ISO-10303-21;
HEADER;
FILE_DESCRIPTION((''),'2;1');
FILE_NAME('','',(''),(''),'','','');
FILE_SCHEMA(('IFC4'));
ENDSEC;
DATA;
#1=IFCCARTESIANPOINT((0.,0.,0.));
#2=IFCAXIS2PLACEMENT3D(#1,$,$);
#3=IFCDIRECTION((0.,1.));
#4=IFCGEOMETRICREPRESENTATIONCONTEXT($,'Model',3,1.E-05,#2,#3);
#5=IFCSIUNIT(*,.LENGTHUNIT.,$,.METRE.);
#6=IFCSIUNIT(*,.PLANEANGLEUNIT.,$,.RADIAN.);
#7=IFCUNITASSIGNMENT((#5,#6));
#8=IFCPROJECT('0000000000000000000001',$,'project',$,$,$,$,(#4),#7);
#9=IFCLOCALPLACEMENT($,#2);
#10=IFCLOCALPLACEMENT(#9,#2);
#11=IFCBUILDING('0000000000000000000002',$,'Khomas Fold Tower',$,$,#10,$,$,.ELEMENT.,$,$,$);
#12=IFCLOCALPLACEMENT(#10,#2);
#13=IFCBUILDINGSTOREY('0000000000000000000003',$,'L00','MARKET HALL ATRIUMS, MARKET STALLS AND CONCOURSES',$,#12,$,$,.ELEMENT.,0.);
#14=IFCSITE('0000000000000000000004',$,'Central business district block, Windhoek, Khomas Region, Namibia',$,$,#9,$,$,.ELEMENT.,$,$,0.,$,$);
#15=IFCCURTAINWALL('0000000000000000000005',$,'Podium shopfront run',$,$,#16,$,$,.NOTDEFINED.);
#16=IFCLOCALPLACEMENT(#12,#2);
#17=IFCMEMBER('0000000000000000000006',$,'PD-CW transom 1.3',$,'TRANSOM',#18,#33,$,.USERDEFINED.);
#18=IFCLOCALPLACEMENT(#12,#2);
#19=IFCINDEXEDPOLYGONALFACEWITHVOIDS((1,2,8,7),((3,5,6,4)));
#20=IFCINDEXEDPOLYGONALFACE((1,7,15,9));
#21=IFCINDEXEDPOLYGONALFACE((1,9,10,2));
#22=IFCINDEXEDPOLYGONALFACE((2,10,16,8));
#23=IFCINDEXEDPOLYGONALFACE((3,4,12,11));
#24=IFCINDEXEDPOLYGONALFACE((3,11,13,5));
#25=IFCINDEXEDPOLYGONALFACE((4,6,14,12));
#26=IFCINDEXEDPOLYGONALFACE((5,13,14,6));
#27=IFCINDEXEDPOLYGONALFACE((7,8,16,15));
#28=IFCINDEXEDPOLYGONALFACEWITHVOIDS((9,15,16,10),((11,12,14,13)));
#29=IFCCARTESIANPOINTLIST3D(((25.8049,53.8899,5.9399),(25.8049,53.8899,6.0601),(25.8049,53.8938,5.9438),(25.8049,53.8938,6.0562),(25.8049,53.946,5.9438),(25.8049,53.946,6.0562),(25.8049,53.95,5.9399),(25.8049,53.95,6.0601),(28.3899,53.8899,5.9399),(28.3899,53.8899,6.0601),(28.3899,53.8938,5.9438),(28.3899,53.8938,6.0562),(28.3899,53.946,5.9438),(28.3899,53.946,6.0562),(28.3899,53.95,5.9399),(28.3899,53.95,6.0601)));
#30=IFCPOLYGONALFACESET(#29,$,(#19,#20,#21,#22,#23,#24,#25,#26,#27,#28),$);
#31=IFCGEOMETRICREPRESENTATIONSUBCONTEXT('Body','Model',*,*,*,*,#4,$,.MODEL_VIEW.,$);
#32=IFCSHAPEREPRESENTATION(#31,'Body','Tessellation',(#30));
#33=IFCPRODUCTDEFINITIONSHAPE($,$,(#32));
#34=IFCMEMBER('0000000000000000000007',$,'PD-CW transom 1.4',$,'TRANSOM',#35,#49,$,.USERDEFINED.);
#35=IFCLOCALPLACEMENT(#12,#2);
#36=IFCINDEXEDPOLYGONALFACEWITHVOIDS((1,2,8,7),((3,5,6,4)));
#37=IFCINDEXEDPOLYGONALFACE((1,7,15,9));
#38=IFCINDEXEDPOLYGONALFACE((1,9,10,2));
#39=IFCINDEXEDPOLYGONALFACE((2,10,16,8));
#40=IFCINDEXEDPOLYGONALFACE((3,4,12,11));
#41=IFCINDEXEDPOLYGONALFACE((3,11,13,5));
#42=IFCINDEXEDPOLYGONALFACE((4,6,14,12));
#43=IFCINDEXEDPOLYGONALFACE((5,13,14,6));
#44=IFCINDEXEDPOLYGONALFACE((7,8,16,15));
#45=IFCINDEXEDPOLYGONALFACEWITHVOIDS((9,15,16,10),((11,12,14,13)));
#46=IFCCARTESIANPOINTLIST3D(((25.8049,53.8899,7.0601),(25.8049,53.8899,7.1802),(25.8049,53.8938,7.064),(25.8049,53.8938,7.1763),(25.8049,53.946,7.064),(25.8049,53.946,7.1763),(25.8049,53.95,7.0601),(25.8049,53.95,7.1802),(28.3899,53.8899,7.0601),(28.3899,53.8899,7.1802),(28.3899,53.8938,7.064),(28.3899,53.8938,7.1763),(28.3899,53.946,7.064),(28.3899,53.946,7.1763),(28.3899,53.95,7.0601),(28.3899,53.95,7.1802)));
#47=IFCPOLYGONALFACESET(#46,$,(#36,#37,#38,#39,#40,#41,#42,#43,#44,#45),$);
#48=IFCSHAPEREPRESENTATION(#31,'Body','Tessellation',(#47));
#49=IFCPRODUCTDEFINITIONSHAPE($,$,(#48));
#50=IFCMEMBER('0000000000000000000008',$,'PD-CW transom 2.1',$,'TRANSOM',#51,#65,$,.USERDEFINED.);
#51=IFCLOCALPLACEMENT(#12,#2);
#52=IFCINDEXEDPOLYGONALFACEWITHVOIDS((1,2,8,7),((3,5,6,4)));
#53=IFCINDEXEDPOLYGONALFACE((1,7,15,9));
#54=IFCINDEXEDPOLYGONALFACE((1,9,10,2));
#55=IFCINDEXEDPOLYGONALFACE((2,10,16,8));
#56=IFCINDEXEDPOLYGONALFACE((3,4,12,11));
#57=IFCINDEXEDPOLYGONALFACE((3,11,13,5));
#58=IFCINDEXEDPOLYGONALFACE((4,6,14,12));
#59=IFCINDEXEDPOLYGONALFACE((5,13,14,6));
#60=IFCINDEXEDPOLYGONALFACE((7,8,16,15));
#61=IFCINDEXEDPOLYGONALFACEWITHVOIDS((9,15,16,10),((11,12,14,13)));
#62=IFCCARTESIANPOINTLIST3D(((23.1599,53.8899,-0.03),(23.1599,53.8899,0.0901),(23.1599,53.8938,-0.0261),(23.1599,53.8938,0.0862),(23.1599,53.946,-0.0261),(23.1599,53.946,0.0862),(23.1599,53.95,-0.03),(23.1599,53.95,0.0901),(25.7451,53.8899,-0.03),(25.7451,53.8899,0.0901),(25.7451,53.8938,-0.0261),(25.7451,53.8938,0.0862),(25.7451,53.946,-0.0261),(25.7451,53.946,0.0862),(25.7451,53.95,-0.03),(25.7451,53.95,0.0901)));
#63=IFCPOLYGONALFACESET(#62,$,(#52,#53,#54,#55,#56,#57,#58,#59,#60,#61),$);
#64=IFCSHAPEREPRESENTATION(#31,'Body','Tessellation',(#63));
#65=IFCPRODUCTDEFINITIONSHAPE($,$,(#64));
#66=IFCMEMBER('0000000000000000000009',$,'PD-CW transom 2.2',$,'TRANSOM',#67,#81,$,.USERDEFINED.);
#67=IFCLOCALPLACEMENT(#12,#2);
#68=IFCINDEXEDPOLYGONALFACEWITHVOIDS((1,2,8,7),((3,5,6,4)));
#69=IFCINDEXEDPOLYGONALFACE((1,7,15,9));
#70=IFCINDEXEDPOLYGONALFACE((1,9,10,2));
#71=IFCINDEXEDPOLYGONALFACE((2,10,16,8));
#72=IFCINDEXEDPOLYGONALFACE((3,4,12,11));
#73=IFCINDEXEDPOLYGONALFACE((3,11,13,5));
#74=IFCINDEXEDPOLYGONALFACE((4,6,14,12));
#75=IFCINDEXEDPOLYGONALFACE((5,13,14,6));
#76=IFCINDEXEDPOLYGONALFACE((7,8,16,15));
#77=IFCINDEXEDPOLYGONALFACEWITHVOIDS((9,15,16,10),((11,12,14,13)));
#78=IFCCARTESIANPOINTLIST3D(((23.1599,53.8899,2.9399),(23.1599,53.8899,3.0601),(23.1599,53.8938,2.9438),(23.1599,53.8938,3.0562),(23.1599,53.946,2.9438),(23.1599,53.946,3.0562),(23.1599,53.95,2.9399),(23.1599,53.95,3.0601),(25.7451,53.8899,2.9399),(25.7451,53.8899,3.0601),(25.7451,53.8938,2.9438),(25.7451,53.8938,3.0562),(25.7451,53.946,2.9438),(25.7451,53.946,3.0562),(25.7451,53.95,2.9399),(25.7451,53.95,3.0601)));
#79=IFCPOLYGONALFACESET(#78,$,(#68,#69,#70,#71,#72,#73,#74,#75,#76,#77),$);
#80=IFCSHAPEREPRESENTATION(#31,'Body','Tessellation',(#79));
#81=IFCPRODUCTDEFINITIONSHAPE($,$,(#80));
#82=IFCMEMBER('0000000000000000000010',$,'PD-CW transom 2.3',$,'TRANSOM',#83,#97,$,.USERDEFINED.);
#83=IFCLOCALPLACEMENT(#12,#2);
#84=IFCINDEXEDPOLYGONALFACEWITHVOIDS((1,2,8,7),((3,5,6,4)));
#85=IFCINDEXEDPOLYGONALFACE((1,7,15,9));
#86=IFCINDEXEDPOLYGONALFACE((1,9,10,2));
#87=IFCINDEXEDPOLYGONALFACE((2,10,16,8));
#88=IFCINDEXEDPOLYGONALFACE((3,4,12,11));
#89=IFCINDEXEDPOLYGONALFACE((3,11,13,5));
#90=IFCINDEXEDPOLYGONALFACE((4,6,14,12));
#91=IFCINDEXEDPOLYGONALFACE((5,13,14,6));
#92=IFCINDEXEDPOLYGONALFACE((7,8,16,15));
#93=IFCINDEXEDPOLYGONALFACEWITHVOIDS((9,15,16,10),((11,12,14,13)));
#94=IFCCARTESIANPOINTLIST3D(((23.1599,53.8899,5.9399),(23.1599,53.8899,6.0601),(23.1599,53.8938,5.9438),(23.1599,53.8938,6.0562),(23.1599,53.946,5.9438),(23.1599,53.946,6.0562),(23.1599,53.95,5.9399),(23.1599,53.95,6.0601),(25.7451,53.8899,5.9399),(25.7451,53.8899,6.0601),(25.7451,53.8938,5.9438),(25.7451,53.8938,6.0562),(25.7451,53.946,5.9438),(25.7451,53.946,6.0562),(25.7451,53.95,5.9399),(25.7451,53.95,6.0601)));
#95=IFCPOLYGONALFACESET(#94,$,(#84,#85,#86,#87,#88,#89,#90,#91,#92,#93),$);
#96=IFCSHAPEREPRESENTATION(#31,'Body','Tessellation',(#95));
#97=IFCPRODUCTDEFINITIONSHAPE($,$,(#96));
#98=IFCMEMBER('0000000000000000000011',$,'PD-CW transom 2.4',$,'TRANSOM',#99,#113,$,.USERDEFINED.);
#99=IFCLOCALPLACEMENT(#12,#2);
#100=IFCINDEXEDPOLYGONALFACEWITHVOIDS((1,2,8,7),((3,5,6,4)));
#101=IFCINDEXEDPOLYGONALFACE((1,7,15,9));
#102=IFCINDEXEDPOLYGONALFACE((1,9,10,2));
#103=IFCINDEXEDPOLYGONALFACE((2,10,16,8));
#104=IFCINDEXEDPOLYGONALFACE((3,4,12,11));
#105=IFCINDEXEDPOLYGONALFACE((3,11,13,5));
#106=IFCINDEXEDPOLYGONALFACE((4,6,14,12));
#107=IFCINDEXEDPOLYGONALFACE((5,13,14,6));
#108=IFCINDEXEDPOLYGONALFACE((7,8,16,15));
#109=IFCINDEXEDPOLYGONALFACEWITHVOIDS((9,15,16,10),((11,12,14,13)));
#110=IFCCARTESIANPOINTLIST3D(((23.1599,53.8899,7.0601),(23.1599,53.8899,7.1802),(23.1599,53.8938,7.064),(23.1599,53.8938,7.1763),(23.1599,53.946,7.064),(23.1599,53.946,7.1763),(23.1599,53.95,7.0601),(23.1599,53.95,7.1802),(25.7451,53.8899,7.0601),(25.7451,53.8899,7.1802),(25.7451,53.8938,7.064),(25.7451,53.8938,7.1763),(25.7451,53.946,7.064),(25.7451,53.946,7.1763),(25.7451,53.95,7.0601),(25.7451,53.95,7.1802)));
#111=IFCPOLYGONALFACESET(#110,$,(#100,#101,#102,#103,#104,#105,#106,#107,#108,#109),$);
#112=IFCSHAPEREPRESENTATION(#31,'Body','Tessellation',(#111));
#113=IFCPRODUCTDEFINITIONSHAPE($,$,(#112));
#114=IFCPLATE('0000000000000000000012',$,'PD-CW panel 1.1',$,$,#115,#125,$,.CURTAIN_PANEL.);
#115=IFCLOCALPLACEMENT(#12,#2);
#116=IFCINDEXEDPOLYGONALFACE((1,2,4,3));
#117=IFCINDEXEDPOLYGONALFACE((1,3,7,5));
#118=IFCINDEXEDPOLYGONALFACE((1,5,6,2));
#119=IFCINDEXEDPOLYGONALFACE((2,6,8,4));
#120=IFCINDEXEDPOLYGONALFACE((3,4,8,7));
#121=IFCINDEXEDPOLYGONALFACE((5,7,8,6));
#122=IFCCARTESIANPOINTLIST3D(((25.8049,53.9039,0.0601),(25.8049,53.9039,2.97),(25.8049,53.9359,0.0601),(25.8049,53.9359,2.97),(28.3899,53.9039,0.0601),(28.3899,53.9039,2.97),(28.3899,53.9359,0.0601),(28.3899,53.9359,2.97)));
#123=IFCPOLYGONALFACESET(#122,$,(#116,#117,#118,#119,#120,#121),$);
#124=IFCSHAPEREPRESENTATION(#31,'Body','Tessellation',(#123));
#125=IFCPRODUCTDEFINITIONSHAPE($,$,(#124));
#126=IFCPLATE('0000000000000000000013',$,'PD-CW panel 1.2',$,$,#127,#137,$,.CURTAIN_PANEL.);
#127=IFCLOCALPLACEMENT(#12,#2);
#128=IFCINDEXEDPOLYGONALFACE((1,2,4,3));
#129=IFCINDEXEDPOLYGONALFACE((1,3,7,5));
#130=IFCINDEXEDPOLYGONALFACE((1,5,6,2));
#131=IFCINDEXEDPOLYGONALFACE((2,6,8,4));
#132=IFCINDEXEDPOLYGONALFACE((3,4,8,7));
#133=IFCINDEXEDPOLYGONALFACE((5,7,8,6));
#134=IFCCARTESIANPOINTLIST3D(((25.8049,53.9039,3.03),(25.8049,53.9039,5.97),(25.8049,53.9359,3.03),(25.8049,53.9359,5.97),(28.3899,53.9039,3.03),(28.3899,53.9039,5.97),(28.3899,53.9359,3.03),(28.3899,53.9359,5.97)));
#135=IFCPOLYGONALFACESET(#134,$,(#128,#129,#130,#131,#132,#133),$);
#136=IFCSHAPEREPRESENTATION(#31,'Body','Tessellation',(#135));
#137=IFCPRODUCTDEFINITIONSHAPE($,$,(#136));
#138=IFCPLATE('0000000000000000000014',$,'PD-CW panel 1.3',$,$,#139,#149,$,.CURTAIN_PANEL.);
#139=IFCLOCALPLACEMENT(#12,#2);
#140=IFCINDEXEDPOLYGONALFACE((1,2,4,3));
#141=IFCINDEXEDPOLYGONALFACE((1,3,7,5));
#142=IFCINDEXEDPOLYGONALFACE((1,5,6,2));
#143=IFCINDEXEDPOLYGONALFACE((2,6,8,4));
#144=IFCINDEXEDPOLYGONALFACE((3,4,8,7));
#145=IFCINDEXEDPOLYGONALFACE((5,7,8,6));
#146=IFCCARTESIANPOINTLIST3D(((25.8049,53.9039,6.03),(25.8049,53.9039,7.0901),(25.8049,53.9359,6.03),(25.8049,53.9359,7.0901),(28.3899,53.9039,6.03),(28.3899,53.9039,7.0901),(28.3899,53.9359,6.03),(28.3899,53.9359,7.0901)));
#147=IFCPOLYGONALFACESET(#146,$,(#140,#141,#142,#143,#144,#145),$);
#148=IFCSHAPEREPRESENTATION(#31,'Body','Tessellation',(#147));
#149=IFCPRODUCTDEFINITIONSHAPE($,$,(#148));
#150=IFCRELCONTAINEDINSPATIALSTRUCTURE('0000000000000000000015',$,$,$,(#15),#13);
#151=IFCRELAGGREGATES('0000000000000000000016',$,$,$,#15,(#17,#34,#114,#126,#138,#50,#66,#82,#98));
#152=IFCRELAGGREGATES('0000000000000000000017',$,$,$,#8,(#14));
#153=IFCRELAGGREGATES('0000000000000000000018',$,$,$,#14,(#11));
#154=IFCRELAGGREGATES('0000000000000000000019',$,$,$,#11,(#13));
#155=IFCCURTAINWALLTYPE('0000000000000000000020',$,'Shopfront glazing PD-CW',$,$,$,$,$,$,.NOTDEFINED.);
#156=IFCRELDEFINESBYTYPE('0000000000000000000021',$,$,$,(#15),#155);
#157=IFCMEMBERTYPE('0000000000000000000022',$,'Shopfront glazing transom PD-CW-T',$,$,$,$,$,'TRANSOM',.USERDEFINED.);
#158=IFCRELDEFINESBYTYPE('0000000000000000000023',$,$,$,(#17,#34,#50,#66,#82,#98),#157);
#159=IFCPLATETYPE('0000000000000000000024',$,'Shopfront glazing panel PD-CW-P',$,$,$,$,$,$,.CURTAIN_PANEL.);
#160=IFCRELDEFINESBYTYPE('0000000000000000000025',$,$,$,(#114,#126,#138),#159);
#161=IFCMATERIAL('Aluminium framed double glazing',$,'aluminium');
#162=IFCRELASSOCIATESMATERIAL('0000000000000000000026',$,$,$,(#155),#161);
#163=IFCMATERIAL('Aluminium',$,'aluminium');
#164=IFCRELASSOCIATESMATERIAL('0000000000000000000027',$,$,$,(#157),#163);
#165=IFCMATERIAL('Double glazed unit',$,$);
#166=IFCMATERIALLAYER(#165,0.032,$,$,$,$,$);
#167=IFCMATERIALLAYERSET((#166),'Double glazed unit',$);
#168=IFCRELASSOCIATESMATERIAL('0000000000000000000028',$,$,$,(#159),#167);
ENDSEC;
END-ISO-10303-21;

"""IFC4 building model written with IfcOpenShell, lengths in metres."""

from ifc_helpers import new_model, si_unit, direction, frame, origin, origin_2d, place, context, subcontext, project, spatial, rectangle, hollow_rectangle, extrude, source, transform, mapped, material, layer, layer_set, material_profile, profile_set, type_object, element, aggregate, save


model = new_model("IFC4")

# Units and contexts
model_context = context("Model", 3, precision=1e-05, world=origin(), true_north=direction((0.0, 1.0)))
body_context = subcontext(model_context, "Body", "Model", "MODEL_VIEW")
ifc_project = project(units=[si_unit("LENGTHUNIT", "METRE"), si_unit("PLANEANGLEUNIT", "RADIAN")], contexts=[model_context])

# Site, building, storey
site_placement = place(None, origin())
site = spatial("IfcSite", under=ifc_project, at=site_placement, Name="Central business district block, Windhoek, Khomas Region, Namibia", CompositionType="ELEMENT", RefElevation=0.0)
building_placement = place(site_placement, origin())
building = spatial("IfcBuilding", under=site, at=building_placement, Name="Khomas Fold Tower", CompositionType="ELEMENT")
storey_placement = place(building_placement, origin())
storey = spatial("IfcBuildingStorey", under=building, at=storey_placement, Name="L00", Description="MARKET HALL ATRIUMS, MARKET STALLS AND CONCOURSES", CompositionType="ELEMENT", Elevation=0.0)

# Shared definitions
ifc_material_1 = material(Name="Aluminium framed double glazing", Category="aluminium")
curtain_wall_type = type_object("IfcCurtainWallType", Name="Shopfront glazing PD-CW", PredefinedType="NOTDEFINED", material=ifc_material_1)

# Curtain wall, members, plates
curtain_wall_1_placement = place(storey_placement, origin())
curtain_wall_1 = element("IfcCurtainWall", 1, at=curtain_wall_1_placement, inside=storey, type_object=curtain_wall_type, Name="Podium shopfront run", PredefinedType="NOTDEFINED")
ifc_material_2 = material(Name="Aluminium", Category="aluminium")
ifc_material_profile_1 = material_profile(ifc_material_2, hollow_rectangle(XDim=0.0601, YDim=0.1201, WallThickness=0.0039, at=origin_2d()), Name="Shopfront glazing transom PD-CW-T")
ifc_profile_set_1 = profile_set([ifc_material_profile_1], Name="Aluminium")
member_type_1 = type_object("IfcMemberType", Name="Shopfront glazing transom PD-CW-T", ElementType="TRANSOM", PredefinedType="USERDEFINED", material=ifc_profile_set_1)
shared_shape_1 = source(origin(), body_context, "Body", "SweptSolid", [
    extrude(hollow_rectangle(XDim=0.0601, YDim=0.1201, WallThickness=0.0039, at=origin_2d()), origin(), (0.0, 0.0, 1.0), 2.585),
])
member_1_placement = place(storey_placement, frame((28.3899, 53.9199, 6.0), z_axis=(-1.0, 0.0, 0.0), x_axis=(0.0, -1.0, 0.0)))
member_1 = element("IfcMember", 2, at=member_1_placement, type_object=member_type_1, Name="PD-CW transom 1.3", ObjectType="TRANSOM", PredefinedType="USERDEFINED", context=body_context, shape_type="MappedRepresentation", body=[
    mapped(shared_shape_1, transform((0.0, 0.0, 0.0))),
])
member_2_placement = place(storey_placement, frame((28.3899, 53.9199, 7.1201), z_axis=(-1.0, 0.0, 0.0), x_axis=(0.0, -1.0, 0.0)))
member_2 = element("IfcMember", 3, at=member_2_placement, type_object=member_type_1, Name="PD-CW transom 1.4", ObjectType="TRANSOM", PredefinedType="USERDEFINED", context=body_context, shape_type="MappedRepresentation", body=[
    mapped(shared_shape_1, transform((0.0, 0.0, 0.0))),
])
shared_shape_2 = source(origin(), body_context, "Body", "SweptSolid", [
    extrude(hollow_rectangle(XDim=0.0601, YDim=0.1201, WallThickness=0.0039, at=origin_2d()), origin(), (0.0, 0.0, 1.0), 2.5852),
])
member_3_placement = place(storey_placement, frame((25.7451, 53.9199, 0.03), z_axis=(-1.0, 0.0, 0.0), x_axis=(0.0, -1.0, 0.0)))
member_3 = element("IfcMember", 4, at=member_3_placement, type_object=member_type_1, Name="PD-CW transom 2.1", ObjectType="TRANSOM", PredefinedType="USERDEFINED", context=body_context, shape_type="MappedRepresentation", body=[
    mapped(shared_shape_2, transform((0.0, 0.0, 0.0))),
])
member_4_placement = place(storey_placement, frame((25.7451, 53.9199, 3.0), z_axis=(-1.0, 0.0, 0.0), x_axis=(0.0, -1.0, 0.0)))
member_4 = element("IfcMember", 5, at=member_4_placement, type_object=member_type_1, Name="PD-CW transom 2.2", ObjectType="TRANSOM", PredefinedType="USERDEFINED", context=body_context, shape_type="MappedRepresentation", body=[
    mapped(shared_shape_2, transform((0.0, 0.0, 0.0))),
])
member_5_placement = place(storey_placement, frame((25.7451, 53.9199, 6.0), z_axis=(-1.0, 0.0, 0.0), x_axis=(0.0, -1.0, 0.0)))
member_5 = element("IfcMember", 6, at=member_5_placement, type_object=member_type_1, Name="PD-CW transom 2.3", ObjectType="TRANSOM", PredefinedType="USERDEFINED", context=body_context, shape_type="MappedRepresentation", body=[
    mapped(shared_shape_2, transform((0.0, 0.0, 0.0))),
])
member_6_placement = place(storey_placement, frame((25.7451, 53.9199, 7.1201), z_axis=(-1.0, 0.0, 0.0), x_axis=(0.0, -1.0, 0.0)))
member_6 = element("IfcMember", 7, at=member_6_placement, type_object=member_type_1, Name="PD-CW transom 2.4", ObjectType="TRANSOM", PredefinedType="USERDEFINED", context=body_context, shape_type="MappedRepresentation", body=[
    mapped(shared_shape_2, transform((0.0, 0.0, 0.0))),
])
ifc_material_3 = material(Name="Double glazed unit")
ifc_layer = layer(ifc_material_3, 0.032)
ifc_layer_set = layer_set([ifc_layer], Name="Double glazed unit")
plate_type = type_object("IfcPlateType", Name="Shopfront glazing panel PD-CW-P", PredefinedType="CURTAIN_PANEL", material=ifc_layer_set)
shared_shape_3 = source(origin(), body_context, "Body", "SweptSolid", [
    extrude(rectangle(XDim=2.585, YDim=0.032, at=origin_2d()), origin(), (0.0, 0.0, 1.0), 2.9099),
])
plate_1_placement = place(storey_placement, frame((27.0974, 53.9199, 0.0601), z_axis=(0.0, 0.0, 1.0), x_axis=(-1.0, 0.0, 0.0)))
plate_1 = element("IfcPlate", 8, at=plate_1_placement, type_object=plate_type, Name="PD-CW panel 1.1", PredefinedType="CURTAIN_PANEL", context=body_context, shape_type="MappedRepresentation", body=[
    mapped(shared_shape_3, transform((0.0, 0.0, 0.0))),
])
shared_shape_4 = source(origin(), body_context, "Body", "SweptSolid", [
    extrude(rectangle(XDim=2.585, YDim=0.032, at=origin_2d()), origin(), (0.0, 0.0, 1.0), 2.9399),
])
plate_2_placement = place(storey_placement, frame((27.0974, 53.9199, 3.03), z_axis=(0.0, 0.0, 1.0), x_axis=(-1.0, 0.0, 0.0)))
plate_2 = element("IfcPlate", 9, at=plate_2_placement, type_object=plate_type, Name="PD-CW panel 1.2", PredefinedType="CURTAIN_PANEL", context=body_context, shape_type="MappedRepresentation", body=[
    mapped(shared_shape_4, transform((0.0, 0.0, 0.0))),
])
shared_shape_5 = source(origin(), body_context, "Body", "SweptSolid", [
    extrude(rectangle(XDim=2.585, YDim=0.032, at=origin_2d()), origin(), (0.0, 0.0, 1.0), 1.0601),
])
plate_3_placement = place(storey_placement, frame((27.0974, 53.9199, 6.03), z_axis=(0.0, 0.0, 1.0), x_axis=(-1.0, 0.0, 0.0)))
plate_3 = element("IfcPlate", 10, at=plate_3_placement, type_object=plate_type, Name="PD-CW panel 1.3", PredefinedType="CURTAIN_PANEL", context=body_context, shape_type="MappedRepresentation", body=[
    mapped(shared_shape_5, transform((0.0, 0.0, 0.0))),
])
aggregate(curtain_wall_1, [member_1, member_2, plate_1, plate_2, plate_3, member_3, member_4, member_5, member_6])

save(model, "model.ifc")
